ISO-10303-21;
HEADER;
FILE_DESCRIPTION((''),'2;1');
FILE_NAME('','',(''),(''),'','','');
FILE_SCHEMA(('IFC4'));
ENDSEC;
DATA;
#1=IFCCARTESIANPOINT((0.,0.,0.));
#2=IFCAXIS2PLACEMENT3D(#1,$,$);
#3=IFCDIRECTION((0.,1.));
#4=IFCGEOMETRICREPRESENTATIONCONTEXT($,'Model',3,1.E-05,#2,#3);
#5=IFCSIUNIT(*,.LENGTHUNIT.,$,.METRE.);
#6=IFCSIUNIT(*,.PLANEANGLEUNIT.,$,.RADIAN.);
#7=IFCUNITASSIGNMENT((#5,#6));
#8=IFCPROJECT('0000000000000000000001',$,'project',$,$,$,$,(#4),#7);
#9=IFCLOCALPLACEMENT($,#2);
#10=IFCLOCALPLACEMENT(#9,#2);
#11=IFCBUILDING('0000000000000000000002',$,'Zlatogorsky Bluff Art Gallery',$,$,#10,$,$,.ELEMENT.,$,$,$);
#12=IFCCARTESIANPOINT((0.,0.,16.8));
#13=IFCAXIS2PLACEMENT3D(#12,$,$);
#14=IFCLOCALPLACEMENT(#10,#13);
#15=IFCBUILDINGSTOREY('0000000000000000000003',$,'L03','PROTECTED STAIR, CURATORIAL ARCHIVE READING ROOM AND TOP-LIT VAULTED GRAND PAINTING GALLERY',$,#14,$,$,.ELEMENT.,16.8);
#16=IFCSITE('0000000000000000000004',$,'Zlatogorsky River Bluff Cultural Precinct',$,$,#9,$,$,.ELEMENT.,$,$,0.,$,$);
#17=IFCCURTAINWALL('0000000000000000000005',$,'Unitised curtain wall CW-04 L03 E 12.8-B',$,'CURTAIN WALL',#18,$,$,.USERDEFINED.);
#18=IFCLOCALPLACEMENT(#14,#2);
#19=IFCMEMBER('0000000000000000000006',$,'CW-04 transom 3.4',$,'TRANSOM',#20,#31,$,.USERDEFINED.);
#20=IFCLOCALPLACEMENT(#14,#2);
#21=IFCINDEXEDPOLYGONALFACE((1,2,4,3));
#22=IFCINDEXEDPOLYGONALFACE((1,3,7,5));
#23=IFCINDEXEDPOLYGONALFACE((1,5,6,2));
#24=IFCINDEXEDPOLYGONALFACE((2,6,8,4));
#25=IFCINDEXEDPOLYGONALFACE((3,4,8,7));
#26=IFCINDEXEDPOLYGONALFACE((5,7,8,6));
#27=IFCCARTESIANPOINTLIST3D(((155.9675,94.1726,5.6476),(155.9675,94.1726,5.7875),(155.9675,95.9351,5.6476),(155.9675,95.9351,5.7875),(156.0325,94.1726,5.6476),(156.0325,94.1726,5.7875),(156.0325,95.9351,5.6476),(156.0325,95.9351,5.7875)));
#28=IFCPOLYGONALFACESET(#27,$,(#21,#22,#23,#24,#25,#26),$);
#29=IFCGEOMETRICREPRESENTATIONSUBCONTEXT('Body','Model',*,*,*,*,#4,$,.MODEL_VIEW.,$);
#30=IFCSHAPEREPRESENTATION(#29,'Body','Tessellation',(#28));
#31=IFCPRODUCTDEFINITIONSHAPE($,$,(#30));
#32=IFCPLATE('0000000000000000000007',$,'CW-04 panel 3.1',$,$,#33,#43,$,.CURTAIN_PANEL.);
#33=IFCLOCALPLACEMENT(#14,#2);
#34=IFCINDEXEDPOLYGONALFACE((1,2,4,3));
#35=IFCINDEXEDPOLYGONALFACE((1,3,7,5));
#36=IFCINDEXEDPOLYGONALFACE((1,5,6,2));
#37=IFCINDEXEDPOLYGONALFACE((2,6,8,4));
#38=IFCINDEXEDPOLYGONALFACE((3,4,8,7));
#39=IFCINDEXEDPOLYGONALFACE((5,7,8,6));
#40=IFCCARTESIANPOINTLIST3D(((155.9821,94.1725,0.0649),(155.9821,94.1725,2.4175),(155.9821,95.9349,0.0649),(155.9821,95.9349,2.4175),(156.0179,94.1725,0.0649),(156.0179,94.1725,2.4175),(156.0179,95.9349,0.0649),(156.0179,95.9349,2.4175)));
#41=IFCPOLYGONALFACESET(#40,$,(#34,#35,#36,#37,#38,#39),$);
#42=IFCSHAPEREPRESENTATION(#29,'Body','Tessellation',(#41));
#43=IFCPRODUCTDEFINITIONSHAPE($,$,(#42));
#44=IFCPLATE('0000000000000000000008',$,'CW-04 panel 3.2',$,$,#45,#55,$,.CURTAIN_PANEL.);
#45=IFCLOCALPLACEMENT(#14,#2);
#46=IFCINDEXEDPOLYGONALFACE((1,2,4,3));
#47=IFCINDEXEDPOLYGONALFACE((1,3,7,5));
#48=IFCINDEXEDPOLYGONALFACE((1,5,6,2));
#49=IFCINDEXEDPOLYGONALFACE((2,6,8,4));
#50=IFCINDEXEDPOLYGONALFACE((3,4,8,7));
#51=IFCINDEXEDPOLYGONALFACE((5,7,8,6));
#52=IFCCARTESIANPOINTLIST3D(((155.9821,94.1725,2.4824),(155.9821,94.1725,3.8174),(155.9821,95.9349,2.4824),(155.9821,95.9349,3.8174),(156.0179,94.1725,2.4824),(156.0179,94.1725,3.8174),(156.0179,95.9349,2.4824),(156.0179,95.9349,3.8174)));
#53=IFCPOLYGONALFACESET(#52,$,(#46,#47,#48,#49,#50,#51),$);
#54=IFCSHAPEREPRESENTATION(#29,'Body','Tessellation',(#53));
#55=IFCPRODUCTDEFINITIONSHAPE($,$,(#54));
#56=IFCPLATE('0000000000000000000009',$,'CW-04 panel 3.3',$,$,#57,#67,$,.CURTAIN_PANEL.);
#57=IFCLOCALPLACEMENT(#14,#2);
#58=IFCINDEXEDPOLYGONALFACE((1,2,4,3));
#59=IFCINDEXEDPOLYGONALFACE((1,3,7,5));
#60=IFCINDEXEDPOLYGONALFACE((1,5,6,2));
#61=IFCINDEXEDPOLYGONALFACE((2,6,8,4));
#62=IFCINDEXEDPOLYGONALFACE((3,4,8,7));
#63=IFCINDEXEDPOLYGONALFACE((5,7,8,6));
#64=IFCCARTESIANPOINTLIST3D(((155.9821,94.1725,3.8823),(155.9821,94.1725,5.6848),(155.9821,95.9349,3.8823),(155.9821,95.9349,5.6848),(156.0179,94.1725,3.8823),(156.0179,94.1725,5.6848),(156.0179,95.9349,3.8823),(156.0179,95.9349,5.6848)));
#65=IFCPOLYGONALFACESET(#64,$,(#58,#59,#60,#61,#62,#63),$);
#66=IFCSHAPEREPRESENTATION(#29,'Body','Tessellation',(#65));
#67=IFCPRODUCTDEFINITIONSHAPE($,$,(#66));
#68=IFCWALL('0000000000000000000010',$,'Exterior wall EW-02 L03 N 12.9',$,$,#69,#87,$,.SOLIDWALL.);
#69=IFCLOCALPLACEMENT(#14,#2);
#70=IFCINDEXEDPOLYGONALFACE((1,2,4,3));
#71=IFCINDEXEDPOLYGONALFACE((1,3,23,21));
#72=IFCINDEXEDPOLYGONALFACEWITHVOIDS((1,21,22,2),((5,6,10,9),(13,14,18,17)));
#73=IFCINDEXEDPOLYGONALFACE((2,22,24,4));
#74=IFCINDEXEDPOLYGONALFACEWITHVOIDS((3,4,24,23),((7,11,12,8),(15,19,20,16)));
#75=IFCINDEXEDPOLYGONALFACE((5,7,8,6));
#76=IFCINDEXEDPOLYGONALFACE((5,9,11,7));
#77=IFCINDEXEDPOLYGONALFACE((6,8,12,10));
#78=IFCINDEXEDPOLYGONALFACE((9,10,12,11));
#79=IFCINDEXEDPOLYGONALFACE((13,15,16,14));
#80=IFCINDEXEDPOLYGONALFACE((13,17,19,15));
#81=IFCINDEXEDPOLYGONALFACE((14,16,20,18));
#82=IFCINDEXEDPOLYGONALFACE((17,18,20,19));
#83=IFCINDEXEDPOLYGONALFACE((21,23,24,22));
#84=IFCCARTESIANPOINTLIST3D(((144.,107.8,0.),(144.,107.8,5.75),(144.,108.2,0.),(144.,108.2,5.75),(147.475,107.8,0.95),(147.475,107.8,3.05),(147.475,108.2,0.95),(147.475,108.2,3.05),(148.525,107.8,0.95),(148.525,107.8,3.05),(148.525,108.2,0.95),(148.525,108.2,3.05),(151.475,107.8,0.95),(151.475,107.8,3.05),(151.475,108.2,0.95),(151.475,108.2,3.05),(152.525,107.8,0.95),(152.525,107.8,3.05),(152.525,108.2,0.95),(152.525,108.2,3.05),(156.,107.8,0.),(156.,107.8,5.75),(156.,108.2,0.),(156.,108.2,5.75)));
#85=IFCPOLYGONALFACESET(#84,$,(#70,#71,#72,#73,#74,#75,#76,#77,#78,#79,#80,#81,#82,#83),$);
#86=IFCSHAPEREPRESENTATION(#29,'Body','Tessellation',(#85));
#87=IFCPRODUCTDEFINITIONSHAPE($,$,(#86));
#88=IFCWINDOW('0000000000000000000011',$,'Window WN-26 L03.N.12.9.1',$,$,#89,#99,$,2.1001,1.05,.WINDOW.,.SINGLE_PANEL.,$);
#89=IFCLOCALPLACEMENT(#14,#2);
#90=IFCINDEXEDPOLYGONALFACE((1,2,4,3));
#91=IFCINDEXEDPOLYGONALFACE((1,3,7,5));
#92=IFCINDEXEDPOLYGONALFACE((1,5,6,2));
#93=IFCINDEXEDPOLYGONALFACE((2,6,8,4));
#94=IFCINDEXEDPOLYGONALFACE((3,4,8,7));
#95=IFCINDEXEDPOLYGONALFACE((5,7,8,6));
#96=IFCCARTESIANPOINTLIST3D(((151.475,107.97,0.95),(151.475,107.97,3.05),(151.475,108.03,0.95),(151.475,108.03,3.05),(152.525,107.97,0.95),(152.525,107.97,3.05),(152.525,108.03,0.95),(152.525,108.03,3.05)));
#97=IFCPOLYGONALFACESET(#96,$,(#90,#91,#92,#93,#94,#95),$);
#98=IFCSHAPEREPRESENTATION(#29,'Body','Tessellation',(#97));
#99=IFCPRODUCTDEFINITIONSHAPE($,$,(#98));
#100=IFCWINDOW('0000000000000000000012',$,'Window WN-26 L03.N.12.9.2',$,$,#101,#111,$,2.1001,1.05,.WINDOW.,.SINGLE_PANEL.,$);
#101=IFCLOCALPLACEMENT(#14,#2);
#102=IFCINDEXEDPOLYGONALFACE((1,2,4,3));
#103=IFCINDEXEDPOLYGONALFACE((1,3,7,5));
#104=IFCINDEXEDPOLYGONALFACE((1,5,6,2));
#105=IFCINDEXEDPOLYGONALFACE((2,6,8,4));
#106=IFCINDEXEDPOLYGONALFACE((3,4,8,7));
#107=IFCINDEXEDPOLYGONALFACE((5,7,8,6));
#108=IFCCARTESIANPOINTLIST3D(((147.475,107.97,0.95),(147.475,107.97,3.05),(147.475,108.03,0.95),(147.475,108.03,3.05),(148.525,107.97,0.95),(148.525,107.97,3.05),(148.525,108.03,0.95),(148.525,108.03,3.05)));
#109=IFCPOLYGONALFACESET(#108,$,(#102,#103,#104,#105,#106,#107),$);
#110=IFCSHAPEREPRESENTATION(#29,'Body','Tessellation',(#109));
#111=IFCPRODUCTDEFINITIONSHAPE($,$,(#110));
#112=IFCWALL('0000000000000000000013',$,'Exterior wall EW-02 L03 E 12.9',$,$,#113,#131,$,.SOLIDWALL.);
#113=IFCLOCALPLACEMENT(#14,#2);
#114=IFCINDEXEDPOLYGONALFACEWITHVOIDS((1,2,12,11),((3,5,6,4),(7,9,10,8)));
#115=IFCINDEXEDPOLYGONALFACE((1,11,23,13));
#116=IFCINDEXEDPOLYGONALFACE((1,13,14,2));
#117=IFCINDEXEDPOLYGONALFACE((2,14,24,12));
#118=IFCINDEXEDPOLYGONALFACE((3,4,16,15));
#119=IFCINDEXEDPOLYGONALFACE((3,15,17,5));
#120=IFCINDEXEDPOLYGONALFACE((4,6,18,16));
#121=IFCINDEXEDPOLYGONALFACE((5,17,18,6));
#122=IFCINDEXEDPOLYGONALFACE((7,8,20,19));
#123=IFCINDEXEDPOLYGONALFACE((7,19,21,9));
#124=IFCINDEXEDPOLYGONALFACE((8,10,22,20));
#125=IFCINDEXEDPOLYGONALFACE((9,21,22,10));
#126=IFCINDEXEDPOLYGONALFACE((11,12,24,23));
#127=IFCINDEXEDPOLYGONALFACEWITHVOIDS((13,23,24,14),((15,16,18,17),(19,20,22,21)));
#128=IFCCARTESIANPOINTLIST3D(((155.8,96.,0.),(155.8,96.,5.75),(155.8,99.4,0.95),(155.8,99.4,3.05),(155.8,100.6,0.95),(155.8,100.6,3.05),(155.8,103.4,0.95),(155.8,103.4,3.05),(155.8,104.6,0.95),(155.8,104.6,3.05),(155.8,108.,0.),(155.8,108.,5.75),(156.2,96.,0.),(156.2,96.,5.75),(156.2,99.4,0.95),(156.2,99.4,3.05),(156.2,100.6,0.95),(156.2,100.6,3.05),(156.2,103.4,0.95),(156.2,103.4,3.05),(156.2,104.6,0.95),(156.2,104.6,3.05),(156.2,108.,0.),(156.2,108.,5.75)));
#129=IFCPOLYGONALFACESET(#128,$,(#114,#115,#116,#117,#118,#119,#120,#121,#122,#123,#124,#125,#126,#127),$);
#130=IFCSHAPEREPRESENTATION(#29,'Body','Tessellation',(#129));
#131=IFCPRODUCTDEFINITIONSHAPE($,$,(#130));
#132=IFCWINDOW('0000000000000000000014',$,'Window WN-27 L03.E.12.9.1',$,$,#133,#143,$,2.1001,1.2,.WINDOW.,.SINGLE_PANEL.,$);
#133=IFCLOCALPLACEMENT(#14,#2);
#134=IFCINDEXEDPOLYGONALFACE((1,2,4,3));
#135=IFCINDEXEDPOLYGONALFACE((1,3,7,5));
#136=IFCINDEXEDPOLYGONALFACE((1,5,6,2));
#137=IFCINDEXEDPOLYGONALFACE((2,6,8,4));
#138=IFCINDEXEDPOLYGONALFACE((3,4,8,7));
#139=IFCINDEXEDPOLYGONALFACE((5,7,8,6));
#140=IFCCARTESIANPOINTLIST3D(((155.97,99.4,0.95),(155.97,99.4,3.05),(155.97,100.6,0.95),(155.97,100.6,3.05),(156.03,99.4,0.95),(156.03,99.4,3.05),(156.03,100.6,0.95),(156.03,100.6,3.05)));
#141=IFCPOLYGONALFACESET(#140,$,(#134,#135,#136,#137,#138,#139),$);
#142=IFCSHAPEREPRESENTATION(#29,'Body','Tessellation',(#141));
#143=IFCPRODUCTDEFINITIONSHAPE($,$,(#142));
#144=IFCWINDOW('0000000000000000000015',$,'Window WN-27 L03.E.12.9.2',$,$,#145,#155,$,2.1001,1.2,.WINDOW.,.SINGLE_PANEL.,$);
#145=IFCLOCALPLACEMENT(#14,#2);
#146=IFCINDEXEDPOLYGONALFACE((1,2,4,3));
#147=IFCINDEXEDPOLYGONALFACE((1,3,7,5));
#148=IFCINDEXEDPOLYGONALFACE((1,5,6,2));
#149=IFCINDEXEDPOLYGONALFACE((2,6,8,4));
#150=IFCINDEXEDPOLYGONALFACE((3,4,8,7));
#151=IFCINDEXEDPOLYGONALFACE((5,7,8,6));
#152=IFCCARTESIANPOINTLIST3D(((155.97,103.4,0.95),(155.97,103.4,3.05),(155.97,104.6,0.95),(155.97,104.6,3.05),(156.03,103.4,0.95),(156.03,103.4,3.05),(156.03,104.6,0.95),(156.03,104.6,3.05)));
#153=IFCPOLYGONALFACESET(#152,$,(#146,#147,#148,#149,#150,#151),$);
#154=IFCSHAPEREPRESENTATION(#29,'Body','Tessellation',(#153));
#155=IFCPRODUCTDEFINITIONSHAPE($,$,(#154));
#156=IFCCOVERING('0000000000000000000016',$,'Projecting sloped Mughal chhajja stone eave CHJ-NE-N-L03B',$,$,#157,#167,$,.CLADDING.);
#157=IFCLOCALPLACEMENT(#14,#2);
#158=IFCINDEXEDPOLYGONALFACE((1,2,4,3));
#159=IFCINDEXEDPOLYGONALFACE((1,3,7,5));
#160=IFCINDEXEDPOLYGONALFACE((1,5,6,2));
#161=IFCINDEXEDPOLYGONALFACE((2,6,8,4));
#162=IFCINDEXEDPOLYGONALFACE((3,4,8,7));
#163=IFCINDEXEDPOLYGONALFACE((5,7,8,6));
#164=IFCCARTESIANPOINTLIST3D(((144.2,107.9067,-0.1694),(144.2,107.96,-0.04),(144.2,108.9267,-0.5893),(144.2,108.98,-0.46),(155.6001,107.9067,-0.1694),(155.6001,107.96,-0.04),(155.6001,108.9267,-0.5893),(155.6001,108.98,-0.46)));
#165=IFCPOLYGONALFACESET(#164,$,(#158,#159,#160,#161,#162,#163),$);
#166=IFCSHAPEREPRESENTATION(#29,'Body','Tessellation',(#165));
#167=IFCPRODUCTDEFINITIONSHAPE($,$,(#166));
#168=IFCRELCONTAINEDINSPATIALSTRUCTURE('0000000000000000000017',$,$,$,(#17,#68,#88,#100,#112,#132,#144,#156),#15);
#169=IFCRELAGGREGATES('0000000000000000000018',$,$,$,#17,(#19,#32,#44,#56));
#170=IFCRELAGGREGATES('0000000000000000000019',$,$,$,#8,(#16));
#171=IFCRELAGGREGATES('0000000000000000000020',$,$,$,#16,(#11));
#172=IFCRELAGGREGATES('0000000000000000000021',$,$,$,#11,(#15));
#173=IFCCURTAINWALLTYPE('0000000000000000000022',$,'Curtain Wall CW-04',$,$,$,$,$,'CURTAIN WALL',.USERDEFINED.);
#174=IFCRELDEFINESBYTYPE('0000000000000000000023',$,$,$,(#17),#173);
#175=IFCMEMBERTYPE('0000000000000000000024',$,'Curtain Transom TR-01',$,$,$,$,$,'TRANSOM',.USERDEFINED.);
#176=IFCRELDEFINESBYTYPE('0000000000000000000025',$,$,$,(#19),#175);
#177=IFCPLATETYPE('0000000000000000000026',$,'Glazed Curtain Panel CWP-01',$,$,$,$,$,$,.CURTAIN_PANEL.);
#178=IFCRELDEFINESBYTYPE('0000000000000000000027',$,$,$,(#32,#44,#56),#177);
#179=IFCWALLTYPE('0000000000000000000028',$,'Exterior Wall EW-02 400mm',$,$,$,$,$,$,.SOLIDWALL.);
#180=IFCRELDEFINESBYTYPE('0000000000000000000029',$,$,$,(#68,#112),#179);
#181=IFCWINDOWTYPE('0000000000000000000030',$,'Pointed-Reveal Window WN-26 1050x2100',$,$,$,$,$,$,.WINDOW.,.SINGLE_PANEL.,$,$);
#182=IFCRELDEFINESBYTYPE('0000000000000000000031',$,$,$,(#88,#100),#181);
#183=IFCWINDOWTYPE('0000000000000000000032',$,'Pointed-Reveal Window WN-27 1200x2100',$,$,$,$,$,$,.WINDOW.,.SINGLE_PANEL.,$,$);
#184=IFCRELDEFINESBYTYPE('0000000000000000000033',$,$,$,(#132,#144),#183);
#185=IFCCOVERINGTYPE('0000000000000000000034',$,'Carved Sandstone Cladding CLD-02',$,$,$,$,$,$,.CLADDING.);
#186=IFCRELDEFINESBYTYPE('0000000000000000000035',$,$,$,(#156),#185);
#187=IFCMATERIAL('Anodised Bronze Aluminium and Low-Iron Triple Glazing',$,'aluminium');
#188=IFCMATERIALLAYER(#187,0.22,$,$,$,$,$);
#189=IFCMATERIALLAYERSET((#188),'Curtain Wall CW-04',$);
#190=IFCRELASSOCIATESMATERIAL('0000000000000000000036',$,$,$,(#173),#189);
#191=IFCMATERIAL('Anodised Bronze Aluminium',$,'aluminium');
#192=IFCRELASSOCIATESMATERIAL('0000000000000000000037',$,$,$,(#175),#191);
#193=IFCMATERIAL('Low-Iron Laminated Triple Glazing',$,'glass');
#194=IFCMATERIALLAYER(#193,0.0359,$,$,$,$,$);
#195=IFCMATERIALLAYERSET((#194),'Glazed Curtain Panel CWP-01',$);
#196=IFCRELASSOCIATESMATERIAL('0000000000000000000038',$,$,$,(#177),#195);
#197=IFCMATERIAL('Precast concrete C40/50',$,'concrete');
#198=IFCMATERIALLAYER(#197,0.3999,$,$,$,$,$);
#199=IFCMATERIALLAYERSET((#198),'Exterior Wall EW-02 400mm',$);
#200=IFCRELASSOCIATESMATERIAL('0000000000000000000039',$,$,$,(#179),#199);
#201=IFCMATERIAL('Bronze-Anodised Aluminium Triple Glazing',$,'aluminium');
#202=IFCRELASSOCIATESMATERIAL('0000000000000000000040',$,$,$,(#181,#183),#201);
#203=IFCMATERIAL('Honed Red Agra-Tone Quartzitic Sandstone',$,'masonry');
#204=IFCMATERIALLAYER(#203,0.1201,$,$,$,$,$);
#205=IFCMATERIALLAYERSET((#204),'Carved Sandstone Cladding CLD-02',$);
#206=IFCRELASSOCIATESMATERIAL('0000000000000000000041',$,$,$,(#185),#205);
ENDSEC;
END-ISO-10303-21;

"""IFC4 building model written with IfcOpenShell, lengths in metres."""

from ifc_helpers import new_model, si_unit, direction, frame, frame_2d, origin, origin_2d, place, context, subcontext, project, spatial, polyline, rectangle, outline, extrude, material, layer, layer_set, material_profile, profile_set, type_object, element, fill, aggregate, save


model = new_model("IFC4")

# Units and contexts
model_context = context("Model", 3, precision=1e-05, world=origin(), true_north=direction((0.0, 1.0)))
body_context = subcontext(model_context, "Body", "Model", "MODEL_VIEW")
ifc_project = project(units=[si_unit("LENGTHUNIT", "METRE"), si_unit("PLANEANGLEUNIT", "RADIAN")], contexts=[model_context])

# Site, building, storey
site_placement = place(None, origin())
site = spatial("IfcSite", under=ifc_project, at=site_placement, Name="Zlatogorsky River Bluff Cultural Precinct", CompositionType="ELEMENT", RefElevation=0.0)
building_placement = place(site_placement, origin())
building = spatial("IfcBuilding", under=site, at=building_placement, Name="Zlatogorsky Bluff Art Gallery", CompositionType="ELEMENT")
storey_placement = place(building_placement, frame((0.0, 0.0, 16.8)))
storey = spatial("IfcBuildingStorey", under=building, at=storey_placement, Name="L03", Description="PROTECTED STAIR, CURATORIAL ARCHIVE READING ROOM AND TOP-LIT VAULTED GRAND PAINTING GALLERY", CompositionType="ELEMENT", Elevation=16.8)

# Shared definitions
ifc_material_1 = material(Name="Anodised Bronze Aluminium and Low-Iron Triple Glazing", Category="aluminium")
ifc_layer_1 = layer(ifc_material_1, 0.22)
ifc_layer_set_1 = layer_set([ifc_layer_1], Name="Curtain Wall CW-04")
curtain_wall_type = type_object("IfcCurtainWallType", Name="Curtain Wall CW-04", ElementType="CURTAIN WALL", PredefinedType="USERDEFINED", material=ifc_layer_set_1)
ifc_material_2 = material(Name="Anodised Bronze Aluminium", Category="aluminium")

# Curtain wall
curtain_wall_1_placement = place(storey_placement, origin())
curtain_wall_1 = element("IfcCurtainWall", 1, at=curtain_wall_1_placement, inside=storey, type_object=curtain_wall_type, Name="Unitised curtain wall CW-04 L03 E 12.8-B", ObjectType="CURTAIN WALL", PredefinedType="USERDEFINED")

# Member
ifc_material_profile_1 = material_profile(ifc_material_2, rectangle(XDim=0.0649, YDim=0.1399, at=origin_2d()), Name="ALU TRANSOM 65x140")
ifc_profile_set_1 = profile_set([ifc_material_profile_1], Name="Anodised Bronze Aluminium")
member_type_1 = type_object("IfcMemberType", Name="Curtain Transom TR-01", ElementType="TRANSOM", PredefinedType="USERDEFINED", material=ifc_profile_set_1)
member_1_placement = place(storey_placement, frame((156.0, 94.1726, 5.7175), z_axis=(0.0, 1.0, 0.0), x_axis=(-1.0, 0.0, 0.0)))
member_1 = element("IfcMember", 2, at=member_1_placement, type_object=member_type_1, Name="CW-04 transom 3.4", ObjectType="TRANSOM", PredefinedType="USERDEFINED", context=body_context, shape_type="SweptSolid", body=[
    extrude(rectangle(XDim=0.0649, YDim=0.1399, at=origin_2d()), origin(), (0.0, 0.0, 1.0), 1.7625),
])

# Plates
ifc_material_3 = material(Name="Low-Iron Laminated Triple Glazing", Category="glass")
ifc_layer_2 = layer(ifc_material_3, 0.0359)
ifc_layer_set_2 = layer_set([ifc_layer_2], Name="Glazed Curtain Panel CWP-01")
plate_type = type_object("IfcPlateType", Name="Glazed Curtain Panel CWP-01", PredefinedType="CURTAIN_PANEL", material=ifc_layer_set_2)
plate_1_placement = place(storey_placement, frame((156.0, 95.0537, 0.0649), z_axis=(0.0, 0.0, 1.0), x_axis=(0.0, 1.0, 0.0)))
plate_1 = element("IfcPlate", 3, at=plate_1_placement, type_object=plate_type, Name="CW-04 panel 3.1", PredefinedType="CURTAIN_PANEL", context=body_context, shape_type="SweptSolid", body=[
    extrude(rectangle(XDim=1.7625, YDim=0.0359, at=origin_2d()), origin(), (0.0, 0.0, 1.0), 2.3525),
])
plate_2_placement = place(storey_placement, frame((156.0, 95.0537, 2.4824), z_axis=(0.0, 0.0, 1.0), x_axis=(0.0, 1.0, 0.0)))
plate_2 = element("IfcPlate", 4, at=plate_2_placement, type_object=plate_type, Name="CW-04 panel 3.2", PredefinedType="CURTAIN_PANEL", context=body_context, shape_type="SweptSolid", body=[
    extrude(rectangle(XDim=1.7625, YDim=0.0359, at=origin_2d()), origin(), (0.0, 0.0, 1.0), 1.335),
])
plate_3_placement = place(storey_placement, frame((156.0, 95.0537, 3.8823), z_axis=(0.0, 0.0, 1.0), x_axis=(0.0, 1.0, 0.0)))
plate_3 = element("IfcPlate", 5, at=plate_3_placement, type_object=plate_type, Name="CW-04 panel 3.3", PredefinedType="CURTAIN_PANEL", context=body_context, shape_type="SweptSolid", body=[
    extrude(rectangle(XDim=1.7625, YDim=0.0359, at=origin_2d()), origin(), (0.0, 0.0, 1.0), 1.8025),
])
aggregate(curtain_wall_1, [member_1, plate_1, plate_2, plate_3])

# Walls, openings, windows
ifc_material_4 = material(Name="Precast concrete C40/50", Category="concrete")
ifc_layer_3 = layer(ifc_material_4, 0.3999)
ifc_layer_set_3 = layer_set([ifc_layer_3], Name="Exterior Wall EW-02 400mm")
wall_type = type_object("IfcWallType", Name="Exterior Wall EW-02 400mm", PredefinedType="SOLIDWALL", material=ifc_layer_set_3)
wall_1_placement = place(storey_placement, frame((156.0, 108.0, 0.0), z_axis=(0.0, 0.0, 1.0), x_axis=(-1.0, 0.0, 0.0)))
wall_1 = element("IfcWall", 6, at=wall_1_placement, inside=storey, type_object=wall_type, Name="Exterior wall EW-02 L03 N 12.9", PredefinedType="SOLIDWALL", context=body_context, shape_type="SweptSolid", body=[
    extrude(rectangle(XDim=12.0, YDim=0.3999, at=frame_2d((6.0, 0.0))), origin(), (0.0, 0.0, 1.0), 5.75),
])
opening_1_placement = place(wall_1_placement, frame((3.4751, 0.0, 0.95)))
opening_1 = element("IfcOpeningElement", 7, at=opening_1_placement, cuts=wall_1, PredefinedType="OPENING", context=body_context, shape_type="SweptSolid", body=[
    extrude(rectangle(XDim=1.05, YDim=2.1001, at=frame_2d((0.5249, 1.05))), frame((0.0, 0.21, 0.0), z_axis=(0.0, -1.0, 0.0), x_axis=(1.0, 0.0, 0.0)), (0.0, 0.0, 1.0), 0.4199),
])
opening_2_placement = place(wall_1_placement, frame((7.4751, 0.0, 0.95)))
opening_2 = element("IfcOpeningElement", 8, at=opening_2_placement, cuts=wall_1, PredefinedType="OPENING", context=body_context, shape_type="SweptSolid", body=[
    extrude(rectangle(XDim=1.05, YDim=2.1001, at=frame_2d((0.5249, 1.05))), frame((0.0, 0.21, 0.0), z_axis=(0.0, -1.0, 0.0), x_axis=(1.0, 0.0, 0.0)), (0.0, 0.0, 1.0), 0.4199),
])
ifc_material_5 = material(Name="Bronze-Anodised Aluminium Triple Glazing", Category="aluminium")
window_type_1 = type_object("IfcWindowType", Name="Pointed-Reveal Window WN-26 1050x2100", PartitioningType="SINGLE_PANEL", PredefinedType="WINDOW", material=ifc_material_5)
window_1_placement = place(opening_1_placement, origin())
window_1 = element("IfcWindow", 9, at=window_1_placement, inside=storey, type_object=window_type_1, Name="Window WN-26 L03.N.12.9.1", OverallHeight=2.1001, OverallWidth=1.05, PartitioningType="SINGLE_PANEL", PredefinedType="WINDOW", context=body_context, shape_type="SweptSolid", body=[
    extrude(rectangle(XDim=1.05, YDim=2.1001, at=frame_2d((0.5249, 1.05))), frame((0.0, 0.03, 0.0), z_axis=(0.0, -1.0, 0.0), x_axis=(1.0, 0.0, 0.0)), (0.0, 0.0, 1.0), 0.0601),
])
fill(opening_1, window_1)
window_2_placement = place(opening_2_placement, origin())
window_2 = element("IfcWindow", 10, at=window_2_placement, inside=storey, type_object=window_type_1, Name="Window WN-26 L03.N.12.9.2", OverallHeight=2.1001, OverallWidth=1.05, PartitioningType="SINGLE_PANEL", PredefinedType="WINDOW", context=body_context, shape_type="SweptSolid", body=[
    extrude(rectangle(XDim=1.05, YDim=2.1001, at=frame_2d((0.5249, 1.05))), frame((0.0, 0.03, 0.0), z_axis=(0.0, -1.0, 0.0), x_axis=(1.0, 0.0, 0.0)), (0.0, 0.0, 1.0), 0.0601),
])
fill(opening_2, window_2)
wall_2_placement = place(storey_placement, frame((156.0, 96.0, 0.0), z_axis=(0.0, 0.0, 1.0), x_axis=(0.0, 1.0, 0.0)))
wall_2 = element("IfcWall", 11, at=wall_2_placement, inside=storey, type_object=wall_type, Name="Exterior wall EW-02 L03 E 12.9", PredefinedType="SOLIDWALL", context=body_context, shape_type="SweptSolid", body=[
    extrude(rectangle(XDim=12.0, YDim=0.3999, at=frame_2d((6.0, 0.0))), origin(), (0.0, 0.0, 1.0), 5.75),
])
opening_3_placement = place(wall_2_placement, frame((3.3999, 0.0, 0.95)))
opening_3 = element("IfcOpeningElement", 12, at=opening_3_placement, cuts=wall_2, PredefinedType="OPENING", context=body_context, shape_type="SweptSolid", body=[
    extrude(rectangle(XDim=1.2, YDim=2.1001, at=frame_2d((0.6001, 1.05))), frame((0.0, 0.21, 0.0), z_axis=(0.0, -1.0, 0.0), x_axis=(1.0, 0.0, 0.0)), (0.0, 0.0, 1.0), 0.4199),
])
opening_4_placement = place(wall_2_placement, frame((7.3999, 0.0, 0.95)))
opening_4 = element("IfcOpeningElement", 13, at=opening_4_placement, cuts=wall_2, PredefinedType="OPENING", context=body_context, shape_type="SweptSolid", body=[
    extrude(rectangle(XDim=1.2, YDim=2.1001, at=frame_2d((0.6001, 1.05))), frame((0.0, 0.21, 0.0), z_axis=(0.0, -1.0, 0.0), x_axis=(1.0, 0.0, 0.0)), (0.0, 0.0, 1.0), 0.4199),
])
window_type_2 = type_object("IfcWindowType", Name="Pointed-Reveal Window WN-27 1200x2100", PartitioningType="SINGLE_PANEL", PredefinedType="WINDOW", material=ifc_material_5)
window_3_placement = place(opening_3_placement, origin())
window_3 = element("IfcWindow", 14, at=window_3_placement, inside=storey, type_object=window_type_2, Name="Window WN-27 L03.E.12.9.1", OverallHeight=2.1001, OverallWidth=1.2, PartitioningType="SINGLE_PANEL", PredefinedType="WINDOW", context=body_context, shape_type="SweptSolid", body=[
    extrude(rectangle(XDim=1.2, YDim=2.1001, at=frame_2d((0.6001, 1.05))), frame((0.0, 0.03, 0.0), z_axis=(0.0, -1.0, 0.0), x_axis=(1.0, 0.0, 0.0)), (0.0, 0.0, 1.0), 0.0601),
])
fill(opening_3, window_3)
window_4_placement = place(opening_4_placement, origin())
window_4 = element("IfcWindow", 15, at=window_4_placement, inside=storey, type_object=window_type_2, Name="Window WN-27 L03.E.12.9.2", OverallHeight=2.1001, OverallWidth=1.2, PartitioningType="SINGLE_PANEL", PredefinedType="WINDOW", context=body_context, shape_type="SweptSolid", body=[
    extrude(rectangle(XDim=1.2, YDim=2.1001, at=frame_2d((0.6001, 1.05))), frame((0.0, 0.03, 0.0), z_axis=(0.0, -1.0, 0.0), x_axis=(1.0, 0.0, 0.0)), (0.0, 0.0, 1.0), 0.0601),
])
fill(opening_4, window_4)

# Covering
ifc_material_6 = material(Name="Honed Red Agra-Tone Quartzitic Sandstone", Category="masonry")
ifc_layer_4 = layer(ifc_material_6, 0.1201)
ifc_layer_set_4 = layer_set([ifc_layer_4], Name="Carved Sandstone Cladding CLD-02")
covering_type = type_object("IfcCoveringType", Name="Carved Sandstone Cladding CLD-02", PredefinedType="CLADDING", material=ifc_layer_set_4)
covering_1_placement = place(storey_placement, frame((144.2, 107.96, -0.04), z_axis=(0.0, 0.380683, 0.924706), x_axis=(1.0, 0.0, 0.0)))
element("IfcCovering", 16, at=covering_1_placement, inside=storey, type_object=covering_type, Name="Projecting sloped Mughal chhajja stone eave CHJ-NE-N-L03B", PredefinedType="CLADDING", context=body_context, shape_type="SweptSolid", body=[
    extrude(outline(polyline([(0.0, 0.0), (11.4001, 0.0), (11.4001, 1.1031), (0.0, 1.1031), (0.0, 0.0)])), origin(), (0.0, 0.0, -1.0), 0.1399),
])

save(model, "model.ifc")
